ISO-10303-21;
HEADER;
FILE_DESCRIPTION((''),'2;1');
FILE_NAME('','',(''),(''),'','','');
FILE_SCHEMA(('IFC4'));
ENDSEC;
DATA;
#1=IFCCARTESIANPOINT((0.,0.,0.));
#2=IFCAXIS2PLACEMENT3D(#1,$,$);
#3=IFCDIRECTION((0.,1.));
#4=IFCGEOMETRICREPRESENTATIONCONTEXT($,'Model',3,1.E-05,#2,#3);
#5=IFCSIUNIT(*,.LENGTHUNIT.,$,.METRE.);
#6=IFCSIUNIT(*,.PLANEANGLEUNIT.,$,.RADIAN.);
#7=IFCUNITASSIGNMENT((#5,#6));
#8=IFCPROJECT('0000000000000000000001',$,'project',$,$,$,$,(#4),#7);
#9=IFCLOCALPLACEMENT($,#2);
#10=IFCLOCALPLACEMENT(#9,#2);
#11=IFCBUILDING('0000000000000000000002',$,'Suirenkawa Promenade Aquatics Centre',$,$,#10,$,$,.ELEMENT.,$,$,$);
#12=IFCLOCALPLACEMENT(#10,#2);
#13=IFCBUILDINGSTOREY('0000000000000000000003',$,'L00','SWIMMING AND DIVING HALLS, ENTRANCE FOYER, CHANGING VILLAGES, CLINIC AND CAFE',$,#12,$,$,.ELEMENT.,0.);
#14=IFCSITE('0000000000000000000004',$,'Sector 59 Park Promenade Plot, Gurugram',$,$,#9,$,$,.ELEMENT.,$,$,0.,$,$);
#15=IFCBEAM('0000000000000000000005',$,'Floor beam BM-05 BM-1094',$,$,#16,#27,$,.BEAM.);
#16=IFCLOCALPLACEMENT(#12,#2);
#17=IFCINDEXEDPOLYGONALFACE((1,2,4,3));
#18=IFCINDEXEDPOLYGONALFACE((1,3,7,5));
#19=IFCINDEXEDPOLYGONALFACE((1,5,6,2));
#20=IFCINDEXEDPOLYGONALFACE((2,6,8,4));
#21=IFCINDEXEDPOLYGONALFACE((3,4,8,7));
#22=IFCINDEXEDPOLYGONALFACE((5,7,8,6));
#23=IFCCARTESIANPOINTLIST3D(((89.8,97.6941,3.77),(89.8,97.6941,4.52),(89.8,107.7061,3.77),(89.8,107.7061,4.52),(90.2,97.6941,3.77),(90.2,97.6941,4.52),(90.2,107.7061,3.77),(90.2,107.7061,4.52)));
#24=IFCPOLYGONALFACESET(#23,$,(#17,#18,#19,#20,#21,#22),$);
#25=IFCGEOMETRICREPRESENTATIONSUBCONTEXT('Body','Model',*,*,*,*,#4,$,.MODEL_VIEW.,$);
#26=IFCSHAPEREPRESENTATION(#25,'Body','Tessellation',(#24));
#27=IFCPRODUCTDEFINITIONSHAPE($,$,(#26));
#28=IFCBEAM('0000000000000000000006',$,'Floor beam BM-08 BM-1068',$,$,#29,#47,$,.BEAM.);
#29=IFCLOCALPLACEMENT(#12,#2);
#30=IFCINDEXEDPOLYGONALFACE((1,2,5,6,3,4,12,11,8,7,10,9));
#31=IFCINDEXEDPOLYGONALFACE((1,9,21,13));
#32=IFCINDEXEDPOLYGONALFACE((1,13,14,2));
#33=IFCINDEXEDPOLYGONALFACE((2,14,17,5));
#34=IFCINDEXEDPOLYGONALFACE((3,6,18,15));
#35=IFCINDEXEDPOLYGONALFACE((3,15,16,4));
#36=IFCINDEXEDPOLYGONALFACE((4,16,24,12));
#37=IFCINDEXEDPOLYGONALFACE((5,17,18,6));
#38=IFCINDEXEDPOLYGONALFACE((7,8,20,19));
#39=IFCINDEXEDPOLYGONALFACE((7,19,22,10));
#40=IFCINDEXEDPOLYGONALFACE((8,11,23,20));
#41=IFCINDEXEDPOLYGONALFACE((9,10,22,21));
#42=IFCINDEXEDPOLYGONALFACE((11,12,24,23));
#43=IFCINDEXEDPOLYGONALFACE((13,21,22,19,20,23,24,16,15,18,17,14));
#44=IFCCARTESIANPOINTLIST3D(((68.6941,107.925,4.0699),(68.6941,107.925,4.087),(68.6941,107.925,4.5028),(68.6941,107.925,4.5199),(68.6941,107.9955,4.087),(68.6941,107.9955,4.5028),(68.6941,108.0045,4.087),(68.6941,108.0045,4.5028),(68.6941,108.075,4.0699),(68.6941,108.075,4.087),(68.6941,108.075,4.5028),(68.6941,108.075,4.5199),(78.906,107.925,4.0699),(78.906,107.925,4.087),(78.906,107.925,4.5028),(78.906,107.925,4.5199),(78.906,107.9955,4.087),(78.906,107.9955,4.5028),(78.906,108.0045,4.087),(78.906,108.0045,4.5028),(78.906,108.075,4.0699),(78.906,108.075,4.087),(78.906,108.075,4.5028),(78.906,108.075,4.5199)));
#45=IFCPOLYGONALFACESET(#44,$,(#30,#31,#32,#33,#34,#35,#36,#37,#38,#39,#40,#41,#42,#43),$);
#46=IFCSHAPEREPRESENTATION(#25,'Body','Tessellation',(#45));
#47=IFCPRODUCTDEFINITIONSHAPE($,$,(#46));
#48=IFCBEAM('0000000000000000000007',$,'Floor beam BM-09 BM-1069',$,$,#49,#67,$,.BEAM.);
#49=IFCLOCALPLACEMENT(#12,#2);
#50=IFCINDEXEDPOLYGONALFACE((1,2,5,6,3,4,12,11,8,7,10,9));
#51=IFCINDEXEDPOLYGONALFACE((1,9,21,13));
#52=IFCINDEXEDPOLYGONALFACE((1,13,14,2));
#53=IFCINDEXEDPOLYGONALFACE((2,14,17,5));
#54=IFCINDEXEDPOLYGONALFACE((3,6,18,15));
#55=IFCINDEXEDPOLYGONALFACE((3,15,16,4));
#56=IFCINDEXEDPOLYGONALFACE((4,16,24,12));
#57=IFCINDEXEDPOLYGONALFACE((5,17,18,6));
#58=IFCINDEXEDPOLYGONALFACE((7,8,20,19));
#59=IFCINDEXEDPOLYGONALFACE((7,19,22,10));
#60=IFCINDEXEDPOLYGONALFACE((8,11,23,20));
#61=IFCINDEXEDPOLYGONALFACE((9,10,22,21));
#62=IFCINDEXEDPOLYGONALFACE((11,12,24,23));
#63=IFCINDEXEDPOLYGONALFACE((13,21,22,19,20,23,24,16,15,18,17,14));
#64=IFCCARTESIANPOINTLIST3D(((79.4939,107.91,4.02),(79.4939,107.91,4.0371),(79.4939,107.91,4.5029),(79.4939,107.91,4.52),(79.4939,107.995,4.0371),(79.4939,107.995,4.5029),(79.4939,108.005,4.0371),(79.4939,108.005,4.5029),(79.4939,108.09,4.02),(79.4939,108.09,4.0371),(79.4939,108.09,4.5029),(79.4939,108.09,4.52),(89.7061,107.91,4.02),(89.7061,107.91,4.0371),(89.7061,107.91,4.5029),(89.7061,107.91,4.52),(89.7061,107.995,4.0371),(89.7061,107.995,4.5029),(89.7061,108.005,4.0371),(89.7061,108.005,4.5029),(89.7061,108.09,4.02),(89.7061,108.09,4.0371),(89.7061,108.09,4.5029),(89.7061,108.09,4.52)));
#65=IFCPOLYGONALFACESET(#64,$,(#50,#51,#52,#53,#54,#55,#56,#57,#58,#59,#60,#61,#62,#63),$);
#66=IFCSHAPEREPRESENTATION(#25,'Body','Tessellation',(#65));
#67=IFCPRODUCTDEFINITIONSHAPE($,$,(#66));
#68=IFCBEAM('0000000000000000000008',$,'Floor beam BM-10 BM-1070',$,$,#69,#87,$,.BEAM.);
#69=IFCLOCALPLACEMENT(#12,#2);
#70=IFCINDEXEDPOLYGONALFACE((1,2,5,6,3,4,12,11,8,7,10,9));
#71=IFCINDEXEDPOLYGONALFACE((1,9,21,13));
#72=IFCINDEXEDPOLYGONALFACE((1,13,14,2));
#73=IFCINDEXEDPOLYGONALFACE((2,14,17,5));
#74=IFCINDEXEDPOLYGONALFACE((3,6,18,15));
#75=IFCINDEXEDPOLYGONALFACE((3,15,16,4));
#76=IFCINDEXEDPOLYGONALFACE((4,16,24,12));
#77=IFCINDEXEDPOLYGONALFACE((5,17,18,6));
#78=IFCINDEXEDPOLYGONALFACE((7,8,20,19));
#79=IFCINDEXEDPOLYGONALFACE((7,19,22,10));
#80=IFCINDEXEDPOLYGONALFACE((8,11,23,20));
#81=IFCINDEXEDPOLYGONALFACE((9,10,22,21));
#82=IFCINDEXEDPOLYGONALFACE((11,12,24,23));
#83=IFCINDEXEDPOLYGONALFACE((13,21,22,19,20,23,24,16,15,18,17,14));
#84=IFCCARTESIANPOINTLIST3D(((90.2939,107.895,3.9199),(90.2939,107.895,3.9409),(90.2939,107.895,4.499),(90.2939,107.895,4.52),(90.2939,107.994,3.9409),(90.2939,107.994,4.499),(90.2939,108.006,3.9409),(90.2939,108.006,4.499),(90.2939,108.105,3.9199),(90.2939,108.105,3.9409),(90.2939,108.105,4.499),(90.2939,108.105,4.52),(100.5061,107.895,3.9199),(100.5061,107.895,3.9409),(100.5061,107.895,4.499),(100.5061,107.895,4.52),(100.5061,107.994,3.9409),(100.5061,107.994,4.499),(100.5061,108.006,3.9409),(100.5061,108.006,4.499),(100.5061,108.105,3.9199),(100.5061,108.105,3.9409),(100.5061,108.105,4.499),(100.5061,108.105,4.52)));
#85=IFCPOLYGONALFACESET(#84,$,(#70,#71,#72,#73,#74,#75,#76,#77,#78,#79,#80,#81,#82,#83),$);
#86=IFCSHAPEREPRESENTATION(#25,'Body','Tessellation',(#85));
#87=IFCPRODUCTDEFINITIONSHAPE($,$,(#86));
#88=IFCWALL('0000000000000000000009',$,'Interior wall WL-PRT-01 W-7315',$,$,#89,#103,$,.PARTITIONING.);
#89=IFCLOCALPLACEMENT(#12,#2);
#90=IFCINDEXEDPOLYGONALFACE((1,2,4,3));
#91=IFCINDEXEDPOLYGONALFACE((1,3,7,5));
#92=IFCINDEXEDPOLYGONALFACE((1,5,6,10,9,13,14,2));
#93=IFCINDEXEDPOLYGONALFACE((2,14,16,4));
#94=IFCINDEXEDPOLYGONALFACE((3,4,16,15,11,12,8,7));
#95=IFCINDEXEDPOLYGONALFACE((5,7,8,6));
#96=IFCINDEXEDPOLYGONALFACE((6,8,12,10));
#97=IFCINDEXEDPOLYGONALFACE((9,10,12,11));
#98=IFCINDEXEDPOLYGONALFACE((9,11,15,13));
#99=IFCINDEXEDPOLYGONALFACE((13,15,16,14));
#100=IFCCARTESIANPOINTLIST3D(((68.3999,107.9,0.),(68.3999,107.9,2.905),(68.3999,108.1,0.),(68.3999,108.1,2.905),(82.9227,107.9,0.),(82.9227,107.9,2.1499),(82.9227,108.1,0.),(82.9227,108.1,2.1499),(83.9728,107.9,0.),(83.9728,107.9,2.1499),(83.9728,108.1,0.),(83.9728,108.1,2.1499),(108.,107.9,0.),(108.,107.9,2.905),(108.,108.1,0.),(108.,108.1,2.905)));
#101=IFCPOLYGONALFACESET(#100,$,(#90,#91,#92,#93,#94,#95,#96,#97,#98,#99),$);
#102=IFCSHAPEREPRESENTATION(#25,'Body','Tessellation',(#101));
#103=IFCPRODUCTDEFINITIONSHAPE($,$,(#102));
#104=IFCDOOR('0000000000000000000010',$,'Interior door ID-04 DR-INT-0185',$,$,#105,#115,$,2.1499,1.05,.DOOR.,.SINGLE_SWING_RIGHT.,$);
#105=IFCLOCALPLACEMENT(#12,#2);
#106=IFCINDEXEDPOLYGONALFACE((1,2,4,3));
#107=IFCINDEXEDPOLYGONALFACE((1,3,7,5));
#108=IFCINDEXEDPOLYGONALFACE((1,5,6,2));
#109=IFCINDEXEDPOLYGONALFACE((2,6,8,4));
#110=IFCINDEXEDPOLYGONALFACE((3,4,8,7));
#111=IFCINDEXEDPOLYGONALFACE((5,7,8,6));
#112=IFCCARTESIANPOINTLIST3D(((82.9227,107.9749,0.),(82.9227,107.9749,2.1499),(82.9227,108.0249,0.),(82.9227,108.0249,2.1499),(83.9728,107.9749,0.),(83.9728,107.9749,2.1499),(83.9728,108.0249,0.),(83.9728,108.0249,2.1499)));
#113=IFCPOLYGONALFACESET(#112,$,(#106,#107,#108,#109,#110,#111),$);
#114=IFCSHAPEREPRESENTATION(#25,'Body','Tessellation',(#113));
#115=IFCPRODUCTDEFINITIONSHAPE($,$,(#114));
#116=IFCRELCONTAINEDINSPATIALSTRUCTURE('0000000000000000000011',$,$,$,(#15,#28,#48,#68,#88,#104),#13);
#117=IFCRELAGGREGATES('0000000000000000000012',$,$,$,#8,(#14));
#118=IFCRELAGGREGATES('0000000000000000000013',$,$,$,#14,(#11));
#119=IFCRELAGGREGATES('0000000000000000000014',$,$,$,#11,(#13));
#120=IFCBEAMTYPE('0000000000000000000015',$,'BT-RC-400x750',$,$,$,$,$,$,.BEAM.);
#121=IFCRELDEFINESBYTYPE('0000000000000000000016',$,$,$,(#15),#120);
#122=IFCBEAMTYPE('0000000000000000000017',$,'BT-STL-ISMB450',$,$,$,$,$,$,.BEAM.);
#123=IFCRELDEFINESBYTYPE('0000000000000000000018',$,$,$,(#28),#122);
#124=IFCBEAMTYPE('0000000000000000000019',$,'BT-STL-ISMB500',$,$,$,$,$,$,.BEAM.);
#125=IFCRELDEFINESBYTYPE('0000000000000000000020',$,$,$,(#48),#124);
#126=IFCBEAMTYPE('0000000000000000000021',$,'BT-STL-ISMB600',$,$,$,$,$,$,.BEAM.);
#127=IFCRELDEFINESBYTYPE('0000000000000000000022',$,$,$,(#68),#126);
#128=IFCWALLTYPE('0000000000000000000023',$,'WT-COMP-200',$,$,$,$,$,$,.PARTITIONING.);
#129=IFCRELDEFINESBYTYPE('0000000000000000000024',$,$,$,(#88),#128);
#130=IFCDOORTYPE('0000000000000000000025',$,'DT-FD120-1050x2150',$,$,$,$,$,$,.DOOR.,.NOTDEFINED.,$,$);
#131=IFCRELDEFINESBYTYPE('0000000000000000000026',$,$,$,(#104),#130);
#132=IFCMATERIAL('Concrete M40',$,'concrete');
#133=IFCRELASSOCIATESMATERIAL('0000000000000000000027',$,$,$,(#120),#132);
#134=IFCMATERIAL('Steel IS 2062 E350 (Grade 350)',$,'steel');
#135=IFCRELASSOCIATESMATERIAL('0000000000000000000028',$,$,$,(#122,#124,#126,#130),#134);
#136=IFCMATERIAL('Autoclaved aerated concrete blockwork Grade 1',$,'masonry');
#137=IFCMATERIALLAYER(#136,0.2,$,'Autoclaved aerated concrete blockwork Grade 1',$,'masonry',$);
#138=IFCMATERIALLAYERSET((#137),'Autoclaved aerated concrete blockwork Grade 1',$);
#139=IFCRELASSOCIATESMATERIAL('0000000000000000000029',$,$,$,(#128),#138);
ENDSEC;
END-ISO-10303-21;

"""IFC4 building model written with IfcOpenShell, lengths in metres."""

from ifc_helpers import new_model, si_unit, direction, frame, frame_2d, origin, origin_2d, place, context, subcontext, project, spatial, rectangle, i_section, extrude, material, layer, layer_set, material_profile, profile_set, type_object, element, fill, save


model = new_model("IFC4")

# Units and contexts
model_context = context("Model", 3, precision=1e-05, world=origin(), true_north=direction((0.0, 1.0)))
body_context = subcontext(model_context, "Body", "Model", "MODEL_VIEW")
ifc_project = project(units=[si_unit("LENGTHUNIT", "METRE"), si_unit("PLANEANGLEUNIT", "RADIAN")], contexts=[model_context])

# Site, building, storey
site_placement = place(None, origin())
site = spatial("IfcSite", under=ifc_project, at=site_placement, Name="Sector 59 Park Promenade Plot, Gurugram", CompositionType="ELEMENT", RefElevation=0.0)
building_placement = place(site_placement, origin())
building = spatial("IfcBuilding", under=site, at=building_placement, Name="Suirenkawa Promenade Aquatics Centre", CompositionType="ELEMENT")
storey_placement = place(building_placement, origin())
storey = spatial("IfcBuildingStorey", under=building, at=storey_placement, Name="L00", Description="SWIMMING AND DIVING HALLS, ENTRANCE FOYER, CHANGING VILLAGES, CLINIC AND CAFE", CompositionType="ELEMENT", Elevation=0.0)

# Shared definitions
ifc_material_1 = material(Name="Concrete M40", Category="concrete")

# Beams
ifc_material_2 = material(Name="Steel IS 2062 E350 (Grade 350)", Category="steel")
ifc_material_profile_1 = material_profile(ifc_material_1, rectangle(XDim=0.3999, YDim=0.75, at=origin_2d()), Name="RC BM 400x750", Category="concrete")
ifc_profile_set_1 = profile_set([ifc_material_profile_1], Name="Concrete M40")
beam_type_1 = type_object("IfcBeamType", Name="BT-RC-400x750", PredefinedType="BEAM", material=ifc_profile_set_1)
beam_1_placement = place(storey_placement, frame((90.0, 97.6941, 4.145), z_axis=(0.0, 1.0, 0.0), x_axis=(-1.0, 0.0, 0.0)))
element("IfcBeam", 1, at=beam_1_placement, inside=storey, type_object=beam_type_1, Name="Floor beam BM-05 BM-1094", PredefinedType="BEAM", context=body_context, shape_type="SweptSolid", body=[
    extrude(rectangle(XDim=0.3999, YDim=0.75, at=origin_2d()), origin(), (0.0, 0.0, 1.0), 10.012),
])
ifc_material_profile_2 = material_profile(ifc_material_2, i_section(OverallWidth=0.1499, OverallDepth=0.45, WebThickness=0.009, FlangeThickness=0.0171, at=origin_2d()), Name="ISMB 450", Category="steel")
ifc_profile_set_2 = profile_set([ifc_material_profile_2], Name="Steel IS 2062 E350 (Grade 350)")
beam_type_2 = type_object("IfcBeamType", Name="BT-STL-ISMB450", PredefinedType="BEAM", material=ifc_profile_set_2)
beam_2_placement = place(storey_placement, frame((68.6941, 108.0, 4.2949), z_axis=(1.0, 0.0, 0.0), x_axis=(0.0, 1.0, 0.0)))
element("IfcBeam", 2, at=beam_2_placement, inside=storey, type_object=beam_type_2, Name="Floor beam BM-08 BM-1068", PredefinedType="BEAM", context=body_context, shape_type="SweptSolid", body=[
    extrude(i_section(OverallWidth=0.1499, OverallDepth=0.45, WebThickness=0.009, FlangeThickness=0.0171, at=origin_2d()), origin(), (0.0, 0.0, 1.0), 10.2119),
])
ifc_material_profile_3 = material_profile(ifc_material_2, i_section(OverallWidth=0.1799, OverallDepth=0.5, WebThickness=0.01, FlangeThickness=0.0171, at=origin_2d()), Name="ISMB 500", Category="steel")
ifc_profile_set_3 = profile_set([ifc_material_profile_3], Name="Steel IS 2062 E350 (Grade 350)")
beam_type_3 = type_object("IfcBeamType", Name="BT-STL-ISMB500", PredefinedType="BEAM", material=ifc_profile_set_3)
beam_3_placement = place(storey_placement, frame((79.4939, 108.0, 4.27), z_axis=(1.0, 0.0, 0.0), x_axis=(0.0, 1.0, 0.0)))
element("IfcBeam", 3, at=beam_3_placement, inside=storey, type_object=beam_type_3, Name="Floor beam BM-09 BM-1069", PredefinedType="BEAM", context=body_context, shape_type="SweptSolid", body=[
    extrude(i_section(OverallWidth=0.1799, OverallDepth=0.5, WebThickness=0.01, FlangeThickness=0.0171, at=origin_2d()), origin(), (0.0, 0.0, 1.0), 10.2122),
])
ifc_material_profile_4 = material_profile(ifc_material_2, i_section(OverallWidth=0.21, OverallDepth=0.6001, WebThickness=0.012, FlangeThickness=0.021, at=origin_2d()), Name="ISMB 600", Category="steel")
ifc_profile_set_4 = profile_set([ifc_material_profile_4], Name="Steel IS 2062 E350 (Grade 350)")
beam_type_4 = type_object("IfcBeamType", Name="BT-STL-ISMB600", PredefinedType="BEAM", material=ifc_profile_set_4)
beam_4_placement = place(storey_placement, frame((90.2939, 108.0, 4.22), z_axis=(1.0, 0.0, 0.0), x_axis=(0.0, 1.0, 0.0)))
element("IfcBeam", 4, at=beam_4_placement, inside=storey, type_object=beam_type_4, Name="Floor beam BM-10 BM-1070", PredefinedType="BEAM", context=body_context, shape_type="SweptSolid", body=[
    extrude(i_section(OverallWidth=0.21, OverallDepth=0.6001, WebThickness=0.012, FlangeThickness=0.021, at=origin_2d()), origin(), (0.0, 0.0, 1.0), 10.2122),
])

# Wall, opening, door
ifc_material_3 = material(Name="Autoclaved aerated concrete blockwork Grade 1", Category="masonry")
ifc_layer = layer(ifc_material_3, 0.2, Name="Autoclaved aerated concrete blockwork Grade 1", Category="masonry")
ifc_layer_set = layer_set([ifc_layer], Name="Autoclaved aerated concrete blockwork Grade 1")
wall_type = type_object("IfcWallType", Name="WT-COMP-200", PredefinedType="PARTITIONING", material=ifc_layer_set)
wall_placement = place(storey_placement, frame((68.3999, 108.0, 0.0), z_axis=(0.0, 0.0, 1.0), x_axis=(1.0, 0.0, 0.0)))
wall = element("IfcWall", 5, at=wall_placement, inside=storey, type_object=wall_type, Name="Interior wall WL-PRT-01 W-7315", PredefinedType="PARTITIONING", context=body_context, shape_type="SweptSolid", body=[
    extrude(rectangle(XDim=39.6001, YDim=0.2, at=frame_2d((19.8, 0.0))), origin(), (0.0, 0.0, 1.0), 2.905),
])
opening_placement = place(wall_placement, frame((14.5229, 0.0, 0.0)))
opening = element("IfcOpeningElement", 6, at=opening_placement, cuts=wall, PredefinedType="OPENING", context=body_context, shape_type="SweptSolid", body=[
    extrude(rectangle(XDim=1.05, YDim=2.1499, at=frame_2d((0.5249, 1.075))), frame((0.0, 0.1099, 0.0), z_axis=(0.0, -1.0, 0.0), x_axis=(1.0, 0.0, 0.0)), (0.0, 0.0, 1.0), 0.22),
])
door_type = type_object("IfcDoorType", Name="DT-FD120-1050x2150", OperationType="NOTDEFINED", PredefinedType="DOOR", material=ifc_material_2)
door_placement = place(opening_placement, origin())
door = element("IfcDoor", 7, at=door_placement, inside=storey, type_object=door_type, Name="Interior door ID-04 DR-INT-0185", OperationType="SINGLE_SWING_RIGHT", OverallHeight=2.1499, OverallWidth=1.05, PredefinedType="DOOR", context=body_context, shape_type="SweptSolid", body=[
    extrude(rectangle(XDim=1.05, YDim=2.1499, at=frame_2d((0.5249, 1.075))), frame((0.0, 0.0249, 0.0), z_axis=(0.0, -1.0, 0.0), x_axis=(1.0, 0.0, 0.0)), (0.0, 0.0, 1.0), 0.05),
])
fill(opening, door)

save(model, "model.ifc")
